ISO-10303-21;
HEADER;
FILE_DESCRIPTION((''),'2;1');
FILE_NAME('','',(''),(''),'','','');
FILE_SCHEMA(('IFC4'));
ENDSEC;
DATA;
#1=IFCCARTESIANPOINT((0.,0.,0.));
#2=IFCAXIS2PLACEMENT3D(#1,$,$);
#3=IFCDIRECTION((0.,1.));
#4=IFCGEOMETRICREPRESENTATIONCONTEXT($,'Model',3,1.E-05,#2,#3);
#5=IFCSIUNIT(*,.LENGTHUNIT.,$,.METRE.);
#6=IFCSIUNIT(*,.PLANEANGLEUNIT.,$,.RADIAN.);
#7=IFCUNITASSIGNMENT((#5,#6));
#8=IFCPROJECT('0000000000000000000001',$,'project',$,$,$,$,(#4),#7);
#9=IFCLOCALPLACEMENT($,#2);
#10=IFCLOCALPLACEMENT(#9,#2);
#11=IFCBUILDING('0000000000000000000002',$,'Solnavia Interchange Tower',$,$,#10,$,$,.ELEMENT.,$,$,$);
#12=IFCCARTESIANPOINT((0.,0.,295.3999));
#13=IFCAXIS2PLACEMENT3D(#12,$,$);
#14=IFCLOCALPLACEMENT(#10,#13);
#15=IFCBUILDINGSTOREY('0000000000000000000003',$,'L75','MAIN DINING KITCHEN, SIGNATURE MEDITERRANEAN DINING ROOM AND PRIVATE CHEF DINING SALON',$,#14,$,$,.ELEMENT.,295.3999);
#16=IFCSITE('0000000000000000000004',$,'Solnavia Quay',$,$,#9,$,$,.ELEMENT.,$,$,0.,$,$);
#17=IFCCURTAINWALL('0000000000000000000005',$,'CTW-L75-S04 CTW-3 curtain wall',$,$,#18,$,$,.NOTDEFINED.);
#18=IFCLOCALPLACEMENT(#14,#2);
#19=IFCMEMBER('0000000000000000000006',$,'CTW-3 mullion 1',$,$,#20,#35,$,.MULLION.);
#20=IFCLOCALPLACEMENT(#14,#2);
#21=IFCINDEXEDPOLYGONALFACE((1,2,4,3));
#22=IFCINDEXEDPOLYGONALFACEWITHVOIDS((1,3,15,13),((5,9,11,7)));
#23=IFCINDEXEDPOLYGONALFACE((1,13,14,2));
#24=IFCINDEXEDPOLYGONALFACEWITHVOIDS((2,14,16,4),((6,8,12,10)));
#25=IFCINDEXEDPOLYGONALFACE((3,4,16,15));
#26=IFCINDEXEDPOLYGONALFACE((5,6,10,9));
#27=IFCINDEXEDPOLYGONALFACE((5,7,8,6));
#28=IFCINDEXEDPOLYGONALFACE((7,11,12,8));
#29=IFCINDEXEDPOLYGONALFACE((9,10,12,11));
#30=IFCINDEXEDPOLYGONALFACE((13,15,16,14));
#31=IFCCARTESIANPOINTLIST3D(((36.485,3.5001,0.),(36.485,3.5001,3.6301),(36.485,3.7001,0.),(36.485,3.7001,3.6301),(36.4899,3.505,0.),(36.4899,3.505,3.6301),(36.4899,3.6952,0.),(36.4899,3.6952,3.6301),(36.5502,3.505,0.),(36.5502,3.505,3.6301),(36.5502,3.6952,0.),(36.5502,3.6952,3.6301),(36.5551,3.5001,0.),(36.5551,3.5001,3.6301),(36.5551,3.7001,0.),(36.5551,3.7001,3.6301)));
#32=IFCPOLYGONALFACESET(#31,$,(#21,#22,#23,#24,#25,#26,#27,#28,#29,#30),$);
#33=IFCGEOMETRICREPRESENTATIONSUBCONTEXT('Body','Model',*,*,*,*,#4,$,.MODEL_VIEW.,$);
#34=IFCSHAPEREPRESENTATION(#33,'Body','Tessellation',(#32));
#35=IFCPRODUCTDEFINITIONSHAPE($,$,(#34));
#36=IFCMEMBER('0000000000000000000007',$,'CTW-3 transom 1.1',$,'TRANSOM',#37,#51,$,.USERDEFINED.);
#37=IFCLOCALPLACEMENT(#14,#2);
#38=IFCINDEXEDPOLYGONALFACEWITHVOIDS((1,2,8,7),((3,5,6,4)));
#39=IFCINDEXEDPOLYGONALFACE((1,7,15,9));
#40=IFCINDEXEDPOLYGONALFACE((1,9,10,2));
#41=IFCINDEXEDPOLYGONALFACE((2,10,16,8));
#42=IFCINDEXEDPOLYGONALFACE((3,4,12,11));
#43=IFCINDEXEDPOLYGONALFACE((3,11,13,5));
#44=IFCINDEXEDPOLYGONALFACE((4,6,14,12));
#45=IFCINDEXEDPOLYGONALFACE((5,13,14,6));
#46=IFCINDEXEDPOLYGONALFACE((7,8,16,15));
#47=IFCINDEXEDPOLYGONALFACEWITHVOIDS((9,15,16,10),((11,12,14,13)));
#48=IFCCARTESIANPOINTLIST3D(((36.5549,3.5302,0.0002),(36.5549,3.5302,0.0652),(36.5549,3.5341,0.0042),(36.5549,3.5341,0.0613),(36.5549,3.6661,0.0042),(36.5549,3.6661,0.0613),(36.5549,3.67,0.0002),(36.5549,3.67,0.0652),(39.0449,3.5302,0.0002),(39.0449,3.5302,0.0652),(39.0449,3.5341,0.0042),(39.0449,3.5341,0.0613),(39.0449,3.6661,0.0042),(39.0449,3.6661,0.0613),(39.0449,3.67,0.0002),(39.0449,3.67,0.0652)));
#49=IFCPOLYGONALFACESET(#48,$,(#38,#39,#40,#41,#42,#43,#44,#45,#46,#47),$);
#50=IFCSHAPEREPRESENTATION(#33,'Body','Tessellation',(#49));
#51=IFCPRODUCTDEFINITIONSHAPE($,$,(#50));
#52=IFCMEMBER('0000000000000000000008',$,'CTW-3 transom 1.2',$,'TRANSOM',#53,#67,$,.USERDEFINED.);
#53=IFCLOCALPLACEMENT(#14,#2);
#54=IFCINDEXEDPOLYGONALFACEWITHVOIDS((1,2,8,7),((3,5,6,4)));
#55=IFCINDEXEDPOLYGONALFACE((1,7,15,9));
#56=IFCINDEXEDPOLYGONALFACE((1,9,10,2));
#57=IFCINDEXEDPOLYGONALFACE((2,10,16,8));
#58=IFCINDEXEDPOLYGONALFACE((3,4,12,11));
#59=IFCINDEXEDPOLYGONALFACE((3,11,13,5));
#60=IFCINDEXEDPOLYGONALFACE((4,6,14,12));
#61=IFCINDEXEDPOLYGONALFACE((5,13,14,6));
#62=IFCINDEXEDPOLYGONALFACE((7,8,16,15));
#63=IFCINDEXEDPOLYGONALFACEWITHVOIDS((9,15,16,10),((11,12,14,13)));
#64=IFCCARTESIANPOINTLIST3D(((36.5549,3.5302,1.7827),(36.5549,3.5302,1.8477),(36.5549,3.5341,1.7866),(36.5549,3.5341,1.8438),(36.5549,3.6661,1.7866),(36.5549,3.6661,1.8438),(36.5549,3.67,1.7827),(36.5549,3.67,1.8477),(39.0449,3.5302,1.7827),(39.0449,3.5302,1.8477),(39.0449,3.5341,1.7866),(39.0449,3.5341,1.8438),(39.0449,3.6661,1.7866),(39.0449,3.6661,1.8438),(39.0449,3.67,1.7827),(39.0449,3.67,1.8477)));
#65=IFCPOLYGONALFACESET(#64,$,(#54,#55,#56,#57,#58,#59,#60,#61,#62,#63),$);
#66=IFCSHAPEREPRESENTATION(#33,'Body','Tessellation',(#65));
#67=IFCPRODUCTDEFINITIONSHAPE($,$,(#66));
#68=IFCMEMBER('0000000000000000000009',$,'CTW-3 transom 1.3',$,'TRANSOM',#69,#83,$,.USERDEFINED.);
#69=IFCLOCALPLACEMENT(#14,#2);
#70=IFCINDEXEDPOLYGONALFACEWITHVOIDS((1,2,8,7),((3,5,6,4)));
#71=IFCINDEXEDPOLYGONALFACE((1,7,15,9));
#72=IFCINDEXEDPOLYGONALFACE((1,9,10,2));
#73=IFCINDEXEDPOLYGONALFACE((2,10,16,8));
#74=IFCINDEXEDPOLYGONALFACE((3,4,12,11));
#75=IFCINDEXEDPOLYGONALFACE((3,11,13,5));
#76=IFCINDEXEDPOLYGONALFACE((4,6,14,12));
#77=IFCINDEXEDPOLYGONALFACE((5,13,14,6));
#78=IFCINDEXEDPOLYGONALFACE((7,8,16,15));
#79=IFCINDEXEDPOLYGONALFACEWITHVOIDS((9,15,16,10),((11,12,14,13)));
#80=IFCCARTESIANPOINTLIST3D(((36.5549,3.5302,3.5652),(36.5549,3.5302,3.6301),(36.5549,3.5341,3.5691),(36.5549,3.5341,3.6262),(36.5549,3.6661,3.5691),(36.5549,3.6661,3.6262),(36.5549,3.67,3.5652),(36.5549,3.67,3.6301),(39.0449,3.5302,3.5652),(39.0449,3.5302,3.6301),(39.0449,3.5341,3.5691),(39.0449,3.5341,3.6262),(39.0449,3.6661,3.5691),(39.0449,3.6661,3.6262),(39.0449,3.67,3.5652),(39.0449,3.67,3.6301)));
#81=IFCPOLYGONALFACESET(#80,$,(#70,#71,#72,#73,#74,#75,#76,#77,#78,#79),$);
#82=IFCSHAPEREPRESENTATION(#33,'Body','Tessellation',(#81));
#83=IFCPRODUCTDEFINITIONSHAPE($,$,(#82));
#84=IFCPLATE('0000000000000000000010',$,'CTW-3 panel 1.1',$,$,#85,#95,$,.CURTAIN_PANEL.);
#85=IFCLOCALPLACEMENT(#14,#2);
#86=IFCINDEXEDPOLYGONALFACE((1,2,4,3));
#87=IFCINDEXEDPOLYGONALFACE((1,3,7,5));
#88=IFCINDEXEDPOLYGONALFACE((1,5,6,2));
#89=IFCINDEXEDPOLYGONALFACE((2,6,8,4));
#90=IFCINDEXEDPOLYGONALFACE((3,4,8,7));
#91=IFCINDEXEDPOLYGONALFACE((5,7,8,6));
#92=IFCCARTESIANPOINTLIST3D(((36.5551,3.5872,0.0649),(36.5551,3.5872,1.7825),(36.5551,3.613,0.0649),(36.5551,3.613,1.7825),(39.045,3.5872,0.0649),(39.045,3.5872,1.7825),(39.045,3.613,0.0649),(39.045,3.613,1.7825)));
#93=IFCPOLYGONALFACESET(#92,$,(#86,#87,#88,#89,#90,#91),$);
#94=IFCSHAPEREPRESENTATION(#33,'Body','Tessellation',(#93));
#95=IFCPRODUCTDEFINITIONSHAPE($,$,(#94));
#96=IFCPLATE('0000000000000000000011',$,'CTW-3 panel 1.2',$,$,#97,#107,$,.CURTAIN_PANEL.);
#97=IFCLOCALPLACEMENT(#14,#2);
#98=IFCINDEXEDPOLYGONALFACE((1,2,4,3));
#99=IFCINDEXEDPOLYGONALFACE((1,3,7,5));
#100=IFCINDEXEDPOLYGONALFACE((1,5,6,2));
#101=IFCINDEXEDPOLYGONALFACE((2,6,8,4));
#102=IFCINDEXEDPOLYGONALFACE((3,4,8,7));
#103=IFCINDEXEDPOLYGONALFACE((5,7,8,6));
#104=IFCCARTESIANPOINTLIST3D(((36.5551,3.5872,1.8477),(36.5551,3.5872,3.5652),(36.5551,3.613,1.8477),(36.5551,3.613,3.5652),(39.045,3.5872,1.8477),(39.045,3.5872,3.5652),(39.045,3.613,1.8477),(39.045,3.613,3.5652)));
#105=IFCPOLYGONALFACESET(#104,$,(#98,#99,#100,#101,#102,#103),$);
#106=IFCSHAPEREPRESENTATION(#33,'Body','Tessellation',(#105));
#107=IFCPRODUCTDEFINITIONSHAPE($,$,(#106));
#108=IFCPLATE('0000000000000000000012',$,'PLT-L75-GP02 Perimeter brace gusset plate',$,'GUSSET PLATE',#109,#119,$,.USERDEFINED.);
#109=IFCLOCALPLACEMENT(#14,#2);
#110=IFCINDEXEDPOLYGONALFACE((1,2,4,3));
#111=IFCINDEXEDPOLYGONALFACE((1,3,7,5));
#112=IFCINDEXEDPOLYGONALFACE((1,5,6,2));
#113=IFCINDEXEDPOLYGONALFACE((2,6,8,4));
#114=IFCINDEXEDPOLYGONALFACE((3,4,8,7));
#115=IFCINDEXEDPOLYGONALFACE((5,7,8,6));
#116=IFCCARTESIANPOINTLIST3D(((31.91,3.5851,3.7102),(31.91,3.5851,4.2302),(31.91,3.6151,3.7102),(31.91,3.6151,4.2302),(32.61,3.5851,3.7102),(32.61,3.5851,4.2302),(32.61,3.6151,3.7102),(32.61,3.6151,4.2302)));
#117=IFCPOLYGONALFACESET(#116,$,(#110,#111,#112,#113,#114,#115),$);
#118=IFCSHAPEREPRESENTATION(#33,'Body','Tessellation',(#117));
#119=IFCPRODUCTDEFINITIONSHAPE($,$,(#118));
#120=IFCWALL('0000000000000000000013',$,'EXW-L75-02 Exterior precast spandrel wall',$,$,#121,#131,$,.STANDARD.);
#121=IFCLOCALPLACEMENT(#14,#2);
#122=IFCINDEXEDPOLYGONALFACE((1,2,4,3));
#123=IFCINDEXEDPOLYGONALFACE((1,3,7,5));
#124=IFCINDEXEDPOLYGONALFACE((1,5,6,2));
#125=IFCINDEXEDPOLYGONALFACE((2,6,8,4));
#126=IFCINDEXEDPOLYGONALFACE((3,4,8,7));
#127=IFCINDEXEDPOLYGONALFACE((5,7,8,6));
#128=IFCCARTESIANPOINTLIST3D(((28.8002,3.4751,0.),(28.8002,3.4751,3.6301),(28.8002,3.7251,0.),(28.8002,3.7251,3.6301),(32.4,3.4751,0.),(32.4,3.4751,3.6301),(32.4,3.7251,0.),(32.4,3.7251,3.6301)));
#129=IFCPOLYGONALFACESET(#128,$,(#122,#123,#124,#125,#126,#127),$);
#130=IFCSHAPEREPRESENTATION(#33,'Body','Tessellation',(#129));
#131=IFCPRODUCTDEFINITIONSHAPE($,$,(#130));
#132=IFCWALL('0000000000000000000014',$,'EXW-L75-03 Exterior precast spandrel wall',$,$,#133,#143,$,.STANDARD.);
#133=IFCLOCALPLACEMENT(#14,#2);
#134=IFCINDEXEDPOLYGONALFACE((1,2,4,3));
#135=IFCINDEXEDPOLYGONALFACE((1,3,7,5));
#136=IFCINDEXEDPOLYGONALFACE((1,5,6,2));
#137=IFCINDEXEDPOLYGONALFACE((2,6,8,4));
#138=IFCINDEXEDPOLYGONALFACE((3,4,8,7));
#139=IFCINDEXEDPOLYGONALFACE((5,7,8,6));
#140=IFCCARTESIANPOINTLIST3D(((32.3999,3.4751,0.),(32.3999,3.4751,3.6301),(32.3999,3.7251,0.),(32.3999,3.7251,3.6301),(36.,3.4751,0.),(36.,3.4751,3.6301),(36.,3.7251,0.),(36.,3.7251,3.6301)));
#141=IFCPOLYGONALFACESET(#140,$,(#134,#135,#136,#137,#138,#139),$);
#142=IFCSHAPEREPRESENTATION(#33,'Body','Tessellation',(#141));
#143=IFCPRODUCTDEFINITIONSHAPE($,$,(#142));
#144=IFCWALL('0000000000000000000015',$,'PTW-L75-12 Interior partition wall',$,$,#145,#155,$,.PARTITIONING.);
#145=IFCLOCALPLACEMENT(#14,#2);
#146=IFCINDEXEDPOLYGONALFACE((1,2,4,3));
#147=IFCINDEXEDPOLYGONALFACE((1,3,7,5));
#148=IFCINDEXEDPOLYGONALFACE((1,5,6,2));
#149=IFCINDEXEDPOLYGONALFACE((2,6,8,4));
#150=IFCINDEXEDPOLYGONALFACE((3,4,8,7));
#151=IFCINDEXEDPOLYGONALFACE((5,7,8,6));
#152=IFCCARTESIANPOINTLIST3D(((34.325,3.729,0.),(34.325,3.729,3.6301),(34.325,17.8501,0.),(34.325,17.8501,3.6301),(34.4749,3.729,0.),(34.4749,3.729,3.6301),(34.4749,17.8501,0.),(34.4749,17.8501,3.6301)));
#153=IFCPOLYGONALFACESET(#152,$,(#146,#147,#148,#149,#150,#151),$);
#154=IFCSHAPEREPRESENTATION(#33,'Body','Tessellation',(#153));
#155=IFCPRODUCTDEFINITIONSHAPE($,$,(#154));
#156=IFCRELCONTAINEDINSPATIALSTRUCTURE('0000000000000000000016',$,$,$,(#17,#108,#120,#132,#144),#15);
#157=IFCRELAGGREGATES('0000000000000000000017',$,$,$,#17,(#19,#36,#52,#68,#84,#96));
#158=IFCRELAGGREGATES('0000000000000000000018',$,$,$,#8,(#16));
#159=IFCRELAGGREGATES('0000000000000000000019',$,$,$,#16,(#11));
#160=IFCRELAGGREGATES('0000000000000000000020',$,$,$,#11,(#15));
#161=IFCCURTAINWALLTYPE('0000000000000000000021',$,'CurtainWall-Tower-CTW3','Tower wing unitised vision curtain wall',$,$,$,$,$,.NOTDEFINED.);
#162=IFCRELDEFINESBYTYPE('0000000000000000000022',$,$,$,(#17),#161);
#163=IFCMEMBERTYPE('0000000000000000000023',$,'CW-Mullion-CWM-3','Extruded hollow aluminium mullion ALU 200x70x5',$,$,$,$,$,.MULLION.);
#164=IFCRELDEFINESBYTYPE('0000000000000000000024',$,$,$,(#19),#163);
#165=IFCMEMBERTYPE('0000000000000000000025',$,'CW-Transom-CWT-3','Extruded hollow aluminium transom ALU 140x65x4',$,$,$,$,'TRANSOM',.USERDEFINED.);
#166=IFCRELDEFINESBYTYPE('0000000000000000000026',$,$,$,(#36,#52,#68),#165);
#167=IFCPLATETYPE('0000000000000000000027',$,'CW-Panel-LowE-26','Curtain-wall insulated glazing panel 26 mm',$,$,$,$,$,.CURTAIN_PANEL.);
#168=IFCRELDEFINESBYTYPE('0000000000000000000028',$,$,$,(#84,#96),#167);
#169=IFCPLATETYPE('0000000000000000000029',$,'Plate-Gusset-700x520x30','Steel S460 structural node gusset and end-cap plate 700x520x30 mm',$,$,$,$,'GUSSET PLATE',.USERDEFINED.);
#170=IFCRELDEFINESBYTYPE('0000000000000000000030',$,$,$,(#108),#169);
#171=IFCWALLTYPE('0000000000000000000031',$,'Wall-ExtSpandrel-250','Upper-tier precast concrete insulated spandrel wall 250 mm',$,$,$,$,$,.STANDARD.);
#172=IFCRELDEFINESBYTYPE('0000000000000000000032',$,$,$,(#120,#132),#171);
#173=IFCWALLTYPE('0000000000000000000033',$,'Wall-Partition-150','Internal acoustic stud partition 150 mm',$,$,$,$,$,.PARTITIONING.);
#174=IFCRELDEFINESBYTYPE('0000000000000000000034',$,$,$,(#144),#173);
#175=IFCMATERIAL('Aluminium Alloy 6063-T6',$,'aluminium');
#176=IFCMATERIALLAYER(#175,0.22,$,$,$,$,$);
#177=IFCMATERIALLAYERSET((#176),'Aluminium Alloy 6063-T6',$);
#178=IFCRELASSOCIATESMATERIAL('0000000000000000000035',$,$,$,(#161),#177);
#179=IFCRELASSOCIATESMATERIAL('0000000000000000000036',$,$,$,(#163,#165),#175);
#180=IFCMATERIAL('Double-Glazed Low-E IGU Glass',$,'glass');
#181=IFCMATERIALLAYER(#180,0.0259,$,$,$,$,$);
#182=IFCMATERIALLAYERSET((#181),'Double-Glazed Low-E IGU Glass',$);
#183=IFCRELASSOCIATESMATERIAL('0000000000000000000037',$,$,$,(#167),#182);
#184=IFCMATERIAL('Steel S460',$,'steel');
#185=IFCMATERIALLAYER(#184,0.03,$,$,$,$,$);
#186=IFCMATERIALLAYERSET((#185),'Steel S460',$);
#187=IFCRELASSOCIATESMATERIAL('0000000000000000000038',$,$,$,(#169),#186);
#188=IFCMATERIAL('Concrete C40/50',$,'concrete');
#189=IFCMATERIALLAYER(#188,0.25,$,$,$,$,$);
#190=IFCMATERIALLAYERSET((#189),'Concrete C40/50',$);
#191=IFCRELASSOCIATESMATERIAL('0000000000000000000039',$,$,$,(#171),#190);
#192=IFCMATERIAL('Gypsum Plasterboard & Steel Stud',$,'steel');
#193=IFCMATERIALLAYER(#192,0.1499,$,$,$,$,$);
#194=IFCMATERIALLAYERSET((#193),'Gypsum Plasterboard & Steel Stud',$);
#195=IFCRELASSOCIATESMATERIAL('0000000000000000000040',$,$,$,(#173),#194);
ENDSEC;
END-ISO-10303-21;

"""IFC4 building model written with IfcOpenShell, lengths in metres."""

from ifc_helpers import new_model, si_unit, direction, frame, frame_2d, origin, origin_2d, place, context, subcontext, project, spatial, rectangle, hollow_rectangle, extrude, material, layer, layer_set, material_profile, profile_set, type_object, element, aggregate, save


model = new_model("IFC4")

# Units and contexts
model_context = context("Model", 3, precision=1e-05, world=origin(), true_north=direction((0.0, 1.0)))
body_context = subcontext(model_context, "Body", "Model", "MODEL_VIEW")
ifc_project = project(units=[si_unit("LENGTHUNIT", "METRE"), si_unit("PLANEANGLEUNIT", "RADIAN")], contexts=[model_context])

# Site, building, storey
site_placement = place(None, origin())
site = spatial("IfcSite", under=ifc_project, at=site_placement, Name="Solnavia Quay", CompositionType="ELEMENT", RefElevation=0.0)
building_placement = place(site_placement, origin())
building = spatial("IfcBuilding", under=site, at=building_placement, Name="Solnavia Interchange Tower", CompositionType="ELEMENT")
storey_placement = place(building_placement, frame((0.0, 0.0, 295.3999)))
storey = spatial("IfcBuildingStorey", under=building, at=storey_placement, Name="L75", Description="MAIN DINING KITCHEN, SIGNATURE MEDITERRANEAN DINING ROOM AND PRIVATE CHEF DINING SALON", CompositionType="ELEMENT", Elevation=295.3999)

# Shared definitions
ifc_material_1 = material(Name="Steel S460", Category="steel")

# Curtain wall, members, plates
ifc_material_2 = material(Name="Aluminium Alloy 6063-T6", Category="aluminium")
ifc_layer_1 = layer(ifc_material_2, 0.22)
ifc_layer_set_1 = layer_set([ifc_layer_1], Name="Aluminium Alloy 6063-T6")
curtain_wall_type = type_object("IfcCurtainWallType", Name="CurtainWall-Tower-CTW3", Description="Tower wing unitised vision curtain wall", PredefinedType="NOTDEFINED", material=ifc_layer_set_1)
curtain_wall_placement = place(storey_placement, origin())
curtain_wall = element("IfcCurtainWall", 1, at=curtain_wall_placement, inside=storey, type_object=curtain_wall_type, Name="CTW-L75-S04 CTW-3 curtain wall", PredefinedType="NOTDEFINED")
ifc_material_profile_1 = material_profile(ifc_material_2, hollow_rectangle(XDim=0.0701, YDim=0.2, WallThickness=0.0049, at=origin_2d()), Name="ALU 200x70x5")
ifc_profile_set_1 = profile_set([ifc_material_profile_1], Name="Aluminium Alloy 6063-T6")
member_type_1 = type_object("IfcMemberType", Name="CW-Mullion-CWM-3", Description="Extruded hollow aluminium mullion ALU 200x70x5", PredefinedType="MULLION", material=ifc_profile_set_1)
member_1_placement = place(storey_placement, frame((36.52, 3.6001, 0.0), z_axis=(0.0, 0.0, 1.0), x_axis=(1.0, 0.0, 0.0)))
member_1 = element("IfcMember", 2, at=member_1_placement, type_object=member_type_1, Name="CTW-3 mullion 1", PredefinedType="MULLION", context=body_context, shape_type="SweptSolid", body=[
    extrude(hollow_rectangle(XDim=0.0701, YDim=0.2, WallThickness=0.0049, at=origin_2d()), origin(), (0.0, 0.0, 1.0), 3.6301),
])
ifc_material_profile_2 = material_profile(ifc_material_2, hollow_rectangle(XDim=0.0649, YDim=0.1399, WallThickness=0.0039, at=origin_2d()), Name="ALU 140x65x4")
ifc_profile_set_2 = profile_set([ifc_material_profile_2], Name="Aluminium Alloy 6063-T6")
member_type_2 = type_object("IfcMemberType", Name="CW-Transom-CWT-3", Description="Extruded hollow aluminium transom ALU 140x65x4", ElementType="TRANSOM", PredefinedType="USERDEFINED", material=ifc_profile_set_2)
member_2_placement = place(storey_placement, frame((36.5549, 3.6001, 0.0327), z_axis=(1.0, 0.0, 0.0), x_axis=(0.0, 0.0, 1.0)))
member_2 = element("IfcMember", 3, at=member_2_placement, type_object=member_type_2, Name="CTW-3 transom 1.1", ObjectType="TRANSOM", PredefinedType="USERDEFINED", context=body_context, shape_type="SweptSolid", body=[
    extrude(hollow_rectangle(XDim=0.0649, YDim=0.1399, WallThickness=0.0039, at=origin_2d()), origin(), (0.0, 0.0, 1.0), 2.49),
])
member_3_placement = place(storey_placement, frame((36.5549, 3.6001, 1.8152), z_axis=(1.0, 0.0, 0.0), x_axis=(0.0, 0.0, 1.0)))
member_3 = element("IfcMember", 4, at=member_3_placement, type_object=member_type_2, Name="CTW-3 transom 1.2", ObjectType="TRANSOM", PredefinedType="USERDEFINED", context=body_context, shape_type="SweptSolid", body=[
    extrude(hollow_rectangle(XDim=0.0649, YDim=0.1399, WallThickness=0.0039, at=origin_2d()), origin(), (0.0, 0.0, 1.0), 2.49),
])
member_4_placement = place(storey_placement, frame((36.5549, 3.6001, 3.5977), z_axis=(1.0, 0.0, 0.0), x_axis=(0.0, 0.0, 1.0)))
member_4 = element("IfcMember", 5, at=member_4_placement, type_object=member_type_2, Name="CTW-3 transom 1.3", ObjectType="TRANSOM", PredefinedType="USERDEFINED", context=body_context, shape_type="SweptSolid", body=[
    extrude(hollow_rectangle(XDim=0.0649, YDim=0.1399, WallThickness=0.0039, at=origin_2d()), origin(), (0.0, 0.0, 1.0), 2.49),
])
ifc_material_3 = material(Name="Double-Glazed Low-E IGU Glass", Category="glass")
ifc_layer_2 = layer(ifc_material_3, 0.0259)
ifc_layer_set_2 = layer_set([ifc_layer_2], Name="Double-Glazed Low-E IGU Glass")
plate_type_1 = type_object("IfcPlateType", Name="CW-Panel-LowE-26", Description="Curtain-wall insulated glazing panel 26 mm", PredefinedType="CURTAIN_PANEL", material=ifc_layer_set_2)
plate_1_placement = place(storey_placement, frame((37.8, 3.6001, 0.0649), z_axis=(0.0, 0.0, 1.0), x_axis=(1.0, 0.0, 0.0)))
plate_1 = element("IfcPlate", 6, at=plate_1_placement, type_object=plate_type_1, Name="CTW-3 panel 1.1", PredefinedType="CURTAIN_PANEL", context=body_context, shape_type="SweptSolid", body=[
    extrude(rectangle(XDim=2.49, YDim=0.0259, at=origin_2d()), origin(), (0.0, 0.0, 1.0), 1.7175),
])
plate_2_placement = place(storey_placement, frame((37.8, 3.6001, 1.8477), z_axis=(0.0, 0.0, 1.0), x_axis=(1.0, 0.0, 0.0)))
plate_2 = element("IfcPlate", 7, at=plate_2_placement, type_object=plate_type_1, Name="CTW-3 panel 1.2", PredefinedType="CURTAIN_PANEL", context=body_context, shape_type="SweptSolid", body=[
    extrude(rectangle(XDim=2.49, YDim=0.0259, at=origin_2d()), origin(), (0.0, 0.0, 1.0), 1.7175),
])
aggregate(curtain_wall, [member_1, member_2, member_3, member_4, plate_1, plate_2])

# Plate
ifc_layer_3 = layer(ifc_material_1, 0.03)
ifc_layer_set_3 = layer_set([ifc_layer_3], Name="Steel S460")
plate_type_2 = type_object("IfcPlateType", Name="Plate-Gusset-700x520x30", Description="Steel S460 structural node gusset and end-cap plate 700x520x30 mm", ElementType="GUSSET PLATE", PredefinedType="USERDEFINED", material=ifc_layer_set_3)
plate_3_placement = place(storey_placement, frame((32.26, 3.6001, 3.7102), z_axis=(0.0, 0.0, 1.0), x_axis=(1.0, 0.0, 0.0)))
element("IfcPlate", 8, at=plate_3_placement, inside=storey, type_object=plate_type_2, Name="PLT-L75-GP02 Perimeter brace gusset plate", ObjectType="GUSSET PLATE", PredefinedType="USERDEFINED", context=body_context, shape_type="SweptSolid", body=[
    extrude(rectangle(XDim=0.7, YDim=0.03, at=origin_2d()), origin(), (0.0, 0.0, 1.0), 0.52),
])

# Walls
ifc_material_4 = material(Name="Concrete C40/50", Category="concrete")
ifc_layer_4 = layer(ifc_material_4, 0.25)
ifc_layer_set_4 = layer_set([ifc_layer_4], Name="Concrete C40/50")
wall_type_1 = type_object("IfcWallType", Name="Wall-ExtSpandrel-250", Description="Upper-tier precast concrete insulated spandrel wall 250 mm", PredefinedType="STANDARD", material=ifc_layer_set_4)
wall_1_placement = place(storey_placement, frame((32.3999, 3.6001, 0.0), z_axis=(0.0, 0.0, 1.0), x_axis=(-1.0, 0.0, 0.0)))
element("IfcWall", 9, at=wall_1_placement, inside=storey, type_object=wall_type_1, Name="EXW-L75-02 Exterior precast spandrel wall", PredefinedType="STANDARD", context=body_context, shape_type="SweptSolid", body=[
    extrude(rectangle(XDim=3.5999, YDim=0.25, at=frame_2d((1.7998, 0.0))), origin(), (0.0, 0.0, 1.0), 3.6301),
])
wall_2_placement = place(storey_placement, frame((36.0, 3.6001, 0.0), z_axis=(0.0, 0.0, 1.0), x_axis=(-1.0, 0.0, 0.0)))
element("IfcWall", 10, at=wall_2_placement, inside=storey, type_object=wall_type_1, Name="EXW-L75-03 Exterior precast spandrel wall", PredefinedType="STANDARD", context=body_context, shape_type="SweptSolid", body=[
    extrude(rectangle(XDim=3.6001, YDim=0.25, at=frame_2d((1.8, 0.0))), origin(), (0.0, 0.0, 1.0), 3.6301),
])
ifc_material_5 = material(Name="Gypsum Plasterboard & Steel Stud", Category="steel")
ifc_layer_5 = layer(ifc_material_5, 0.1499)
ifc_layer_set_5 = layer_set([ifc_layer_5], Name="Gypsum Plasterboard & Steel Stud")
wall_type_2 = type_object("IfcWallType", Name="Wall-Partition-150", Description="Internal acoustic stud partition 150 mm", PredefinedType="PARTITIONING", material=ifc_layer_set_5)
wall_3_placement = place(storey_placement, frame((34.3999, 3.729, 0.0), z_axis=(0.0, 0.0, 1.0), x_axis=(0.0, 1.0, 0.0)))
element("IfcWall", 11, at=wall_3_placement, inside=storey, type_object=wall_type_2, Name="PTW-L75-12 Interior partition wall", PredefinedType="PARTITIONING", context=body_context, shape_type="SweptSolid", body=[
    extrude(rectangle(XDim=14.1211, YDim=0.1499, at=frame_2d((7.0605, 0.0))), origin(), (0.0, 0.0, 1.0), 3.6301),
])

save(model, "model.ifc")
